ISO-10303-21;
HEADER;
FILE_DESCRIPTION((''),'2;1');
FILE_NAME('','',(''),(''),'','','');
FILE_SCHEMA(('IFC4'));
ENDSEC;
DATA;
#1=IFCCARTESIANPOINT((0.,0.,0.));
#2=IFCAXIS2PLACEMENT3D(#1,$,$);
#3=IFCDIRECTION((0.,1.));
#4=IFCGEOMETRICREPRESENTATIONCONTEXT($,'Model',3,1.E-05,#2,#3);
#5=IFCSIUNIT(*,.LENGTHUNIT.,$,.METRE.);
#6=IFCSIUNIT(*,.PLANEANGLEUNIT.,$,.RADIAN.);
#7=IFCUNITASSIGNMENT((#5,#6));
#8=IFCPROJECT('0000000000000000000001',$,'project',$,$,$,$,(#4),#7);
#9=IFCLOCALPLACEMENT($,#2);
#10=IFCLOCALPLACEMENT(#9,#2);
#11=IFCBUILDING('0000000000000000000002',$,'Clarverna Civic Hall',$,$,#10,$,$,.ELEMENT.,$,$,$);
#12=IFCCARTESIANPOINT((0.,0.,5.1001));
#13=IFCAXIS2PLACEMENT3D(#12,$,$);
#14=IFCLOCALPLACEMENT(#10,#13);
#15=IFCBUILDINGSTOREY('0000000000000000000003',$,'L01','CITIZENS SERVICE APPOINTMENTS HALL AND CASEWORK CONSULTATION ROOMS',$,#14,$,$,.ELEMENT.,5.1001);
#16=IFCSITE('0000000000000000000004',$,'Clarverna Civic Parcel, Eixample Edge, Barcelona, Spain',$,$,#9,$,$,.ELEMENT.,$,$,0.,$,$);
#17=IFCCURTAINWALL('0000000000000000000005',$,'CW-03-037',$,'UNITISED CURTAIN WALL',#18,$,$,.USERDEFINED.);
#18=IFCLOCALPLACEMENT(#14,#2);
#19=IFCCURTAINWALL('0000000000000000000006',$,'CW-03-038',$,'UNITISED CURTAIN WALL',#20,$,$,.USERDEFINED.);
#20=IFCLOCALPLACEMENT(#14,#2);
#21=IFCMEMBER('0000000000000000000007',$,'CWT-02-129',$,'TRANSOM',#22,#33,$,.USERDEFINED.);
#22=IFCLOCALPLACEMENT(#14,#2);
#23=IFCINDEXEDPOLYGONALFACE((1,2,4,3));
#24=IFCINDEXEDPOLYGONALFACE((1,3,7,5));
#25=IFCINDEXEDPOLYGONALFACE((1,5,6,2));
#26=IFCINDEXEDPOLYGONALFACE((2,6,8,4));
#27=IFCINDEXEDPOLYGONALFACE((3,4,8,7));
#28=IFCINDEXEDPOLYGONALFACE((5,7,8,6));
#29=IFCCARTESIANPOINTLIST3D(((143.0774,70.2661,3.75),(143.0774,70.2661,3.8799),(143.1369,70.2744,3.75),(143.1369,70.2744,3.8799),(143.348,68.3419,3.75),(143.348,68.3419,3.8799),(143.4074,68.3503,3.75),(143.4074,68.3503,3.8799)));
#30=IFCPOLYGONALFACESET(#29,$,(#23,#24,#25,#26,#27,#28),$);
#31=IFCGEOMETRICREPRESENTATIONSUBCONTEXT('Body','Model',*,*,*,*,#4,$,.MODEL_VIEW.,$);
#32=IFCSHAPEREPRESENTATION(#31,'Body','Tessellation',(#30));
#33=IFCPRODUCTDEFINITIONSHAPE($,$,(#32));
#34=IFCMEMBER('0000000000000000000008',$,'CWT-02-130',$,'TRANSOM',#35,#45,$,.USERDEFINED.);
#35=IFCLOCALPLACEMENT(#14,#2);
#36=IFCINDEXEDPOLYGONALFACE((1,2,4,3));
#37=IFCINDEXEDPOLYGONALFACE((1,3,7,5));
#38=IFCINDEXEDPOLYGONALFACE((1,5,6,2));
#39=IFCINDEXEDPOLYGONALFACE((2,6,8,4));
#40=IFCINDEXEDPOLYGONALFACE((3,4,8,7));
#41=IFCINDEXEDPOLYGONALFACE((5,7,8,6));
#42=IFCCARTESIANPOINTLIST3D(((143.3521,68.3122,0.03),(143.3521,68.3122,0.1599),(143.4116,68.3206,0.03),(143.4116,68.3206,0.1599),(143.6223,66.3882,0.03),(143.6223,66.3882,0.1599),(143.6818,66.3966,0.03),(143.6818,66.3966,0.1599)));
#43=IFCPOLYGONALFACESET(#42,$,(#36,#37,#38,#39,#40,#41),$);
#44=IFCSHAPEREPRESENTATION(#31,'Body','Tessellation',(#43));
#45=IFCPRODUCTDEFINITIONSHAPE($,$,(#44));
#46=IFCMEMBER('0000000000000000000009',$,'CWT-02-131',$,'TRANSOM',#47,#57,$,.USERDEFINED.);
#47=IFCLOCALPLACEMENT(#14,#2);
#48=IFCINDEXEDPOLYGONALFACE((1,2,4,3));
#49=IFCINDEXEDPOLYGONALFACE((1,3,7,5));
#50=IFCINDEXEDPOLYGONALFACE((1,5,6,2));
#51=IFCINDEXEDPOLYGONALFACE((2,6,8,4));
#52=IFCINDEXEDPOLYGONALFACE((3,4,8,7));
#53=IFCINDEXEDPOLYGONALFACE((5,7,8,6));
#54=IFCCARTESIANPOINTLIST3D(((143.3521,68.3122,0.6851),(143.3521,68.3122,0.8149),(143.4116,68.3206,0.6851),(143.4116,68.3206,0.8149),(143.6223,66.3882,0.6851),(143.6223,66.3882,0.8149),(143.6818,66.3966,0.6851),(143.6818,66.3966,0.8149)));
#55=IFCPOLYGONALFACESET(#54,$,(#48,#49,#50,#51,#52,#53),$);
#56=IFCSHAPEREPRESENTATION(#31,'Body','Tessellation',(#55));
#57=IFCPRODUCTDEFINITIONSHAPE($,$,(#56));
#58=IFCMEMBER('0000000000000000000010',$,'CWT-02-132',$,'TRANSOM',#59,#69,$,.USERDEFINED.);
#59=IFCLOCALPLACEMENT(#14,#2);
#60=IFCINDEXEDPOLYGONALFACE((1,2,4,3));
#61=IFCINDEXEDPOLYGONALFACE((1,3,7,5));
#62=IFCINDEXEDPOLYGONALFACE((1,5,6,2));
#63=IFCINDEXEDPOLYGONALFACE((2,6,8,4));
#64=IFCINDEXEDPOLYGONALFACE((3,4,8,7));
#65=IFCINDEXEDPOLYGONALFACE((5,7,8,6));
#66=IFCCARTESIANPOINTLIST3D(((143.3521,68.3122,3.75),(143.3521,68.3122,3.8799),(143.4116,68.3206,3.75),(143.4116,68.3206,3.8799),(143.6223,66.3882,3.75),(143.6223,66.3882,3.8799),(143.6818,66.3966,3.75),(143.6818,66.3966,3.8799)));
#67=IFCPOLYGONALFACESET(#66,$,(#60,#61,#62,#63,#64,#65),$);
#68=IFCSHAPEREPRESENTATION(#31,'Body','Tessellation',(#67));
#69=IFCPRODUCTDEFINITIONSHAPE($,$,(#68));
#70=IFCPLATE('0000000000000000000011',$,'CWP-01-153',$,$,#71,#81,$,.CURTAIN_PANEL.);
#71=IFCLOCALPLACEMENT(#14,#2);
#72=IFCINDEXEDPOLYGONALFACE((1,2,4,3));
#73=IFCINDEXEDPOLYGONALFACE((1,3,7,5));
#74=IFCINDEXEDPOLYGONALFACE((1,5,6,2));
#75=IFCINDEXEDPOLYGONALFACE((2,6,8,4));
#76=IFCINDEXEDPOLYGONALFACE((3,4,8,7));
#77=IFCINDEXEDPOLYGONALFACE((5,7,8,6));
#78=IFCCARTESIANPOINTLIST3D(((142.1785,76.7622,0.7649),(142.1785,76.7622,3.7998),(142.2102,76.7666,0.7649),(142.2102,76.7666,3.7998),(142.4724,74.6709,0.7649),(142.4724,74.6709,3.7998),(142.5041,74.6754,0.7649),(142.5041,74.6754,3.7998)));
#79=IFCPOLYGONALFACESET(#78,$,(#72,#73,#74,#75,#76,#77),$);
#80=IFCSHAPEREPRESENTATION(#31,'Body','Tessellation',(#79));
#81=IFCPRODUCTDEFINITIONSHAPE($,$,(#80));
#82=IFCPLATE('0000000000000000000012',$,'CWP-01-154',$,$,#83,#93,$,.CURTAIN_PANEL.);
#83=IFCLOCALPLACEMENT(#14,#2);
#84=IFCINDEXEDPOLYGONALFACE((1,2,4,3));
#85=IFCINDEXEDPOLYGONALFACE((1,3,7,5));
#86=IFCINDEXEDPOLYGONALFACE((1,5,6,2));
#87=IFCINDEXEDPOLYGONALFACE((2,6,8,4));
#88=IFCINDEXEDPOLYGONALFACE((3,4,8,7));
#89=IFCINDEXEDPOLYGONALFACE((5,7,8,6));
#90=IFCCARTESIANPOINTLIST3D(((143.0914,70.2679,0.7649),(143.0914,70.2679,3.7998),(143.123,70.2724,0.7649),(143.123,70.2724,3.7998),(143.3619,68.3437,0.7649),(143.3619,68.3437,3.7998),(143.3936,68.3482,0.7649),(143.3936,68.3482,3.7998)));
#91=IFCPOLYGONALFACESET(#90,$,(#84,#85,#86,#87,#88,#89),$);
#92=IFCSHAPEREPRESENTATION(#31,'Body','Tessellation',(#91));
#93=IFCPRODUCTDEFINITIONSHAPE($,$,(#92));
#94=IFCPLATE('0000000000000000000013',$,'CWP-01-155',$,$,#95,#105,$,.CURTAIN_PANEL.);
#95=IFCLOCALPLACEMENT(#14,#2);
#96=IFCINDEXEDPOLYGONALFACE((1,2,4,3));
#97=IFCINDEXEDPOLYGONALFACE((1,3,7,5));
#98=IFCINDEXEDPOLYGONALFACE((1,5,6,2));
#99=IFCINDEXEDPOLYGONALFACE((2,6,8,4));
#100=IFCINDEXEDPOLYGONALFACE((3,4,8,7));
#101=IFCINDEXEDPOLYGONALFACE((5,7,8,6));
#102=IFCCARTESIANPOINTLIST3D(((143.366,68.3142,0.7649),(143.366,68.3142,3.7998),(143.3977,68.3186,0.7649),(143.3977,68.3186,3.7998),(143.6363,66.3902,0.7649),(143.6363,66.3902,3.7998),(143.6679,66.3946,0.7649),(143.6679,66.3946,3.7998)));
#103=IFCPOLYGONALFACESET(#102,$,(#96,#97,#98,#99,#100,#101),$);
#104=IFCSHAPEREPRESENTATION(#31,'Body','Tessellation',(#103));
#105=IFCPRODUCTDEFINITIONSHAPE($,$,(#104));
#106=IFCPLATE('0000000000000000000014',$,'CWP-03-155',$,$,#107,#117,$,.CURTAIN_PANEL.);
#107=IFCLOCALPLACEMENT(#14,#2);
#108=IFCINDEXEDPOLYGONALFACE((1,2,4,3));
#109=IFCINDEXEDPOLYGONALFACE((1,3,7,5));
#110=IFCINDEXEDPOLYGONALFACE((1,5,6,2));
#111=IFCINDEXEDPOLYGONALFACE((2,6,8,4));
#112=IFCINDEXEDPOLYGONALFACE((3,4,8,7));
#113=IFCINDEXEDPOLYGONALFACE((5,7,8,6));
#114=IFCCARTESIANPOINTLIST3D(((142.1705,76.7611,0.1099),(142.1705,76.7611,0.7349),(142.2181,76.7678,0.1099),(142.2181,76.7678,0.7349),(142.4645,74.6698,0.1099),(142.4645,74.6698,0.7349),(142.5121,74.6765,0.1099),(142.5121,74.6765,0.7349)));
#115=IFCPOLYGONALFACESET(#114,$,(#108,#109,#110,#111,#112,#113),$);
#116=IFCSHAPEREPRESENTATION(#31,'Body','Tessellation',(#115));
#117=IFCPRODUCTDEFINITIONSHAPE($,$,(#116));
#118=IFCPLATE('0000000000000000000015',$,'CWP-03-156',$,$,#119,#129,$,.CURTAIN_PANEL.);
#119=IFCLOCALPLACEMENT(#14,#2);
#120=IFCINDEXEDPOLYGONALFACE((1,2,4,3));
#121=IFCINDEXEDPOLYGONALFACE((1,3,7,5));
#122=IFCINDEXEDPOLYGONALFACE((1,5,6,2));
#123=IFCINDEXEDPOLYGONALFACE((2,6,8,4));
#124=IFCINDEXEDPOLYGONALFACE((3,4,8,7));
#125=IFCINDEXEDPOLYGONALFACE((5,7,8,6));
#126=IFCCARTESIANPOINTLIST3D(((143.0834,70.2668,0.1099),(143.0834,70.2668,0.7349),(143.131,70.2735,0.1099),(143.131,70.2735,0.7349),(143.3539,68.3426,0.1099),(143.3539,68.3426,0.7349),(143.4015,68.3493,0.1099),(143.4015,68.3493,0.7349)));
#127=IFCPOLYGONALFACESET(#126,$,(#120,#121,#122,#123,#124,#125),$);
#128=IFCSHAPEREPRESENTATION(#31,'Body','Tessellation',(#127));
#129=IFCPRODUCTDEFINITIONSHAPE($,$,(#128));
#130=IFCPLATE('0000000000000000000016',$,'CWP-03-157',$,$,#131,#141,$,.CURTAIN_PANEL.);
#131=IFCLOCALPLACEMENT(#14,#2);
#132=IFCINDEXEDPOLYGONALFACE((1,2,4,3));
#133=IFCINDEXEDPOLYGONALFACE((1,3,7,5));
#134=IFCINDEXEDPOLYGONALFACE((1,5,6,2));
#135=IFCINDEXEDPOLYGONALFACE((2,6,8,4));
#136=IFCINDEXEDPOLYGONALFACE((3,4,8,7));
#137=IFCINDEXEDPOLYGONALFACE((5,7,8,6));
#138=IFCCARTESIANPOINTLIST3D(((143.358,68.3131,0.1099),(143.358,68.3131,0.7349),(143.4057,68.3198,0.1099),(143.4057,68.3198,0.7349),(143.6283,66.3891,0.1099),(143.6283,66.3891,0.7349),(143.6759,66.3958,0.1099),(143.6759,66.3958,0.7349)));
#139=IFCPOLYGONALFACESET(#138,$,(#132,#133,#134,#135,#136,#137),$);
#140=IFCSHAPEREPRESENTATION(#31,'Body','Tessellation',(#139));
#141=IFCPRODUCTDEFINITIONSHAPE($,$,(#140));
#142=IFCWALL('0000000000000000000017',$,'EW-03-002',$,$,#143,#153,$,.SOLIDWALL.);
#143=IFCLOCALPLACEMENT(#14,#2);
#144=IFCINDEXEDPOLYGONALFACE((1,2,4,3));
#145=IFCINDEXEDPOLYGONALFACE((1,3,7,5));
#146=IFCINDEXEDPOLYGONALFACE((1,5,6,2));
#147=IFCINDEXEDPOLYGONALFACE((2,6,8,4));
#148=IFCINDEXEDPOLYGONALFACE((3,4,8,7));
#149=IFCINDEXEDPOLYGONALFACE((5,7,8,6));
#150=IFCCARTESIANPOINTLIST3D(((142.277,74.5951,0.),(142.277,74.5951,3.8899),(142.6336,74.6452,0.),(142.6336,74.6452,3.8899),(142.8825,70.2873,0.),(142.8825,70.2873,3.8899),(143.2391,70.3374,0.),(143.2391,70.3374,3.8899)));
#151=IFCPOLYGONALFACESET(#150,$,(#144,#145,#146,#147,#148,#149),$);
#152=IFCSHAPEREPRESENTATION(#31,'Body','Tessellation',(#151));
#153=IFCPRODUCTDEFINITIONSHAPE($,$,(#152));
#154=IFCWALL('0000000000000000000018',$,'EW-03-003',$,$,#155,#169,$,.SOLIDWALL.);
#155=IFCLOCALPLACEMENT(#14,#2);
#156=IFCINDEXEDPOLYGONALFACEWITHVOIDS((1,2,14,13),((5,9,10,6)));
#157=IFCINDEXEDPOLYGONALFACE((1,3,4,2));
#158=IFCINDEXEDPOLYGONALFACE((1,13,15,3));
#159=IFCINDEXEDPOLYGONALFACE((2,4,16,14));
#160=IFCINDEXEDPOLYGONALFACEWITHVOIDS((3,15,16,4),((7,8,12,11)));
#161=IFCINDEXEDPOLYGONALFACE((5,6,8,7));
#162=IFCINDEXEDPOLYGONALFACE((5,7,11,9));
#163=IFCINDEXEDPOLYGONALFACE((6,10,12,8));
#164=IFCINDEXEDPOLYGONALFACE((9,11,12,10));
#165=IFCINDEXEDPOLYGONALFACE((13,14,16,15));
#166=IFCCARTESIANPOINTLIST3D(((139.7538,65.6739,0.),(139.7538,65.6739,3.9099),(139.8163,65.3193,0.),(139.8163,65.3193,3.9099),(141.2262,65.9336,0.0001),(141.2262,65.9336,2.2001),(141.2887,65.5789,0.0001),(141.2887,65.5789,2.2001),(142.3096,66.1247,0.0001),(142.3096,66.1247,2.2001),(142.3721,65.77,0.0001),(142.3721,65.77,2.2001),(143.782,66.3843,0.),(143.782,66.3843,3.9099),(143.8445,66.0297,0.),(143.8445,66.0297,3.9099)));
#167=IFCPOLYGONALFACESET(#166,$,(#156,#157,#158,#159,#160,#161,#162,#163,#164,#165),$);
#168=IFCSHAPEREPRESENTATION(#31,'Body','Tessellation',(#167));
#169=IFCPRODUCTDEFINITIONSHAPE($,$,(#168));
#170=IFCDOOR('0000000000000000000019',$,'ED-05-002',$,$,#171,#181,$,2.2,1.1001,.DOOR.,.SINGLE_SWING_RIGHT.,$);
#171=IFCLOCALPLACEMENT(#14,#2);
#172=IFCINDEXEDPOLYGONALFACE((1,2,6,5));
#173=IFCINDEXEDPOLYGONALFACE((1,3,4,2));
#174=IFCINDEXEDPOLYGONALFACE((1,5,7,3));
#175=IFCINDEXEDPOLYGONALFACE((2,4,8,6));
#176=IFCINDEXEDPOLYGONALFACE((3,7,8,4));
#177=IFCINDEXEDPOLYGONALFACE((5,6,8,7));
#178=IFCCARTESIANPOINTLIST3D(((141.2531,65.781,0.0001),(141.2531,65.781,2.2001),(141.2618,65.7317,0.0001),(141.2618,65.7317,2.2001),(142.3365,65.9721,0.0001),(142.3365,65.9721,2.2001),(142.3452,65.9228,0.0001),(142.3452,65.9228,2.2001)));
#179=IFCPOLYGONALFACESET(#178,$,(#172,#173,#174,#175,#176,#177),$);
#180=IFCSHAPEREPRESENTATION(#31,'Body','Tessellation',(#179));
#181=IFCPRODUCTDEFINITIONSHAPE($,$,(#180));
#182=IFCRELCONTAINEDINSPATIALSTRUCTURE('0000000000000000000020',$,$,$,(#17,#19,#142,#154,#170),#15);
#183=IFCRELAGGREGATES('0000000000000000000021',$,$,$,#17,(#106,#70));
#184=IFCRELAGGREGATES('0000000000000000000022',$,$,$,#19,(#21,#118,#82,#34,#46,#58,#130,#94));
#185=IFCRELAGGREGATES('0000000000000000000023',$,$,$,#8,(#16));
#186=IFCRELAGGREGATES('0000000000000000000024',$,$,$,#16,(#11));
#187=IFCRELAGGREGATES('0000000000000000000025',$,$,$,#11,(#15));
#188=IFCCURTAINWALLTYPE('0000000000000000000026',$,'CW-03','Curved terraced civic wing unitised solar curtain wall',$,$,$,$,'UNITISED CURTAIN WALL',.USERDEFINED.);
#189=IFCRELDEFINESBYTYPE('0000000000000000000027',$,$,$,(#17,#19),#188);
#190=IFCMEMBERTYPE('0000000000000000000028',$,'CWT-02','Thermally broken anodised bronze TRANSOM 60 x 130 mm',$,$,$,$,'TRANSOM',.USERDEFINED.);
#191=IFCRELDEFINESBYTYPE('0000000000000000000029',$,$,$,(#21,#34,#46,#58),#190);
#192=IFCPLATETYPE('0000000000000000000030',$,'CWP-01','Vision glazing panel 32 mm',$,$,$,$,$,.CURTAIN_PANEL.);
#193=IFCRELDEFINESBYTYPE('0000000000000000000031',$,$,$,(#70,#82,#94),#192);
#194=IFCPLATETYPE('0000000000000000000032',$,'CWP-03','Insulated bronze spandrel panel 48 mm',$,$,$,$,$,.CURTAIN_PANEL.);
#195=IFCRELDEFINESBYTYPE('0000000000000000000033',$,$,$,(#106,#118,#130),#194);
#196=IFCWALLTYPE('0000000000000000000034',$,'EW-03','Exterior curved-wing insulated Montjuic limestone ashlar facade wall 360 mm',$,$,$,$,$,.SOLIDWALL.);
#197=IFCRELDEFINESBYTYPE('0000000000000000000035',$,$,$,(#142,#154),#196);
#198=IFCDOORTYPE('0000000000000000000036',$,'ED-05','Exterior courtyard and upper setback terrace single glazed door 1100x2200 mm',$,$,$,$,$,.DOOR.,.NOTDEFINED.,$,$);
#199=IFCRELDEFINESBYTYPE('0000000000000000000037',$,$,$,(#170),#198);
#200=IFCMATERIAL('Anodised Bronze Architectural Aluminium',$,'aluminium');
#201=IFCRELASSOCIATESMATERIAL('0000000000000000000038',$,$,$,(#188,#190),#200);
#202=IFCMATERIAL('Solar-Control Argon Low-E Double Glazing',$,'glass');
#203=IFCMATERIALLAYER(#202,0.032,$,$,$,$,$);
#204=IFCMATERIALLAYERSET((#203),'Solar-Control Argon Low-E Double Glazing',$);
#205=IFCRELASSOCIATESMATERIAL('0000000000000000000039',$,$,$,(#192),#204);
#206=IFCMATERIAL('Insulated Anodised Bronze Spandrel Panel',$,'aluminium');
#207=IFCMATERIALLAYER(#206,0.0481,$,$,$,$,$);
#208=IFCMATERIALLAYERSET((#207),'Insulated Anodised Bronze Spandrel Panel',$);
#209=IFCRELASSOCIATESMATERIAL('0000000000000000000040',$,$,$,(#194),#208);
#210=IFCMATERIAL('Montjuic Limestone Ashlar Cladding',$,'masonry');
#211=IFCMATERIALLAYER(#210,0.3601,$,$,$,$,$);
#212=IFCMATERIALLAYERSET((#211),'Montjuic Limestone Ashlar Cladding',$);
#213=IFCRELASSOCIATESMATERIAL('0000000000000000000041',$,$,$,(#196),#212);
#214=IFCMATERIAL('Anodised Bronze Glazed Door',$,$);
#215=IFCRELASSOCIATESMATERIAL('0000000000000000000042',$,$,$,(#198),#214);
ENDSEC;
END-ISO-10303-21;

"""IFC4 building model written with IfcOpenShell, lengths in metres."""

from ifc_helpers import new_model, si_unit, direction, frame, frame_2d, origin, origin_2d, place, context, subcontext, project, spatial, rectangle, extrude, material, layer, layer_set, material_profile, profile_set, type_object, element, fill, aggregate, save


model = new_model("IFC4")

# Units and contexts
model_context = context("Model", 3, precision=1e-05, world=origin(), true_north=direction((0.0, 1.0)))
body_context = subcontext(model_context, "Body", "Model", "MODEL_VIEW")
ifc_project = project(units=[si_unit("LENGTHUNIT", "METRE"), si_unit("PLANEANGLEUNIT", "RADIAN")], contexts=[model_context])

# Site, building, storey
site_placement = place(None, origin())
site = spatial("IfcSite", under=ifc_project, at=site_placement, Name="Clarverna Civic Parcel, Eixample Edge, Barcelona, Spain", CompositionType="ELEMENT", RefElevation=0.0)
building_placement = place(site_placement, origin())
building = spatial("IfcBuilding", under=site, at=building_placement, Name="Clarverna Civic Hall", CompositionType="ELEMENT")
storey_placement = place(building_placement, frame((0.0, 0.0, 5.1001)))
storey = spatial("IfcBuildingStorey", under=building, at=storey_placement, Name="L01", Description="CITIZENS SERVICE APPOINTMENTS HALL AND CASEWORK CONSULTATION ROOMS", CompositionType="ELEMENT", Elevation=5.1001)

# Curtain walls
ifc_material_1 = material(Name="Anodised Bronze Architectural Aluminium", Category="aluminium")
curtain_wall_type = type_object("IfcCurtainWallType", Name="CW-03", Description="Curved terraced civic wing unitised solar curtain wall", ElementType="UNITISED CURTAIN WALL", PredefinedType="USERDEFINED", material=ifc_material_1)
curtain_wall_1_placement = place(storey_placement, origin())
curtain_wall_1 = element("IfcCurtainWall", 1, at=curtain_wall_1_placement, inside=storey, type_object=curtain_wall_type, Name="CW-03-037", ObjectType="UNITISED CURTAIN WALL", PredefinedType="USERDEFINED")
curtain_wall_2_placement = place(storey_placement, origin())
curtain_wall_2 = element("IfcCurtainWall", 2, at=curtain_wall_2_placement, inside=storey, type_object=curtain_wall_type, Name="CW-03-038", ObjectType="UNITISED CURTAIN WALL", PredefinedType="USERDEFINED")

# Members
ifc_material_profile_1 = material_profile(ifc_material_1, rectangle(XDim=0.0601, YDim=0.1299, at=origin_2d()), Name="BRONZE 60x130")
ifc_profile_set_1 = profile_set([ifc_material_profile_1], Name="Anodised Bronze Architectural Aluminium")
member_type_1 = type_object("IfcMemberType", Name="CWT-02", Description="Thermally broken anodised bronze TRANSOM 60 x 130 mm", ElementType="TRANSOM", PredefinedType="USERDEFINED", material=ifc_profile_set_1)
member_1_placement = place(storey_placement, frame((143.1072, 70.2703, 3.8149), z_axis=(0.139222, -0.990261, 0.0), x_axis=(0.990261, 0.139222, 0.0)))
member_1 = element("IfcMember", 3, at=member_1_placement, type_object=member_type_1, Name="CWT-02-129", ObjectType="TRANSOM", PredefinedType="USERDEFINED", context=body_context, shape_type="SweptSolid", body=[
    extrude(rectangle(XDim=0.0601, YDim=0.1299, at=origin_2d()), origin(), (0.0, 0.0, 1.0), 1.9431),
])
member_2_placement = place(storey_placement, frame((143.3818, 68.3164, 0.095), z_axis=(0.139099, -0.990278, 0.0), x_axis=(0.990278, 0.139099, 0.0)))
member_2 = element("IfcMember", 4, at=member_2_placement, type_object=member_type_1, Name="CWT-02-130", ObjectType="TRANSOM", PredefinedType="USERDEFINED", context=body_context, shape_type="SweptSolid", body=[
    extrude(rectangle(XDim=0.0601, YDim=0.1299, at=origin_2d()), origin(), (0.0, 0.0, 1.0), 1.9429),
])
member_3_placement = place(storey_placement, frame((143.3818, 68.3164, 0.75), z_axis=(0.139099, -0.990278, 0.0), x_axis=(0.990278, 0.139099, 0.0)))
member_3 = element("IfcMember", 5, at=member_3_placement, type_object=member_type_1, Name="CWT-02-131", ObjectType="TRANSOM", PredefinedType="USERDEFINED", context=body_context, shape_type="SweptSolid", body=[
    extrude(rectangle(XDim=0.0601, YDim=0.1299, at=origin_2d()), origin(), (0.0, 0.0, 1.0), 1.9429),
])
member_4_placement = place(storey_placement, frame((143.3818, 68.3164, 3.8149), z_axis=(0.139099, -0.990278, 0.0), x_axis=(0.990278, 0.139099, 0.0)))
member_4 = element("IfcMember", 6, at=member_4_placement, type_object=member_type_1, Name="CWT-02-132", ObjectType="TRANSOM", PredefinedType="USERDEFINED", context=body_context, shape_type="SweptSolid", body=[
    extrude(rectangle(XDim=0.0601, YDim=0.1299, at=origin_2d()), origin(), (0.0, 0.0, 1.0), 1.9429),
])

# Plates
ifc_material_2 = material(Name="Solar-Control Argon Low-E Double Glazing", Category="glass")
ifc_layer_1 = layer(ifc_material_2, 0.032)
ifc_layer_set_1 = layer_set([ifc_layer_1], Name="Solar-Control Argon Low-E Double Glazing")
plate_type_1 = type_object("IfcPlateType", Name="CWP-01", Description="Vision glazing panel 32 mm", PredefinedType="CURTAIN_PANEL", material=ifc_layer_set_1)
plate_1_placement = place(storey_placement, frame((142.1943, 76.7644, 0.7649), z_axis=(0.0, 0.0, 1.0), x_axis=(0.139188, -0.990266, 0.0)))
plate_1 = element("IfcPlate", 7, at=plate_1_placement, type_object=plate_type_1, Name="CWP-01-153", PredefinedType="CURTAIN_PANEL", context=body_context, shape_type="SweptSolid", body=[
    extrude(rectangle(XDim=2.1118, YDim=0.032, at=frame_2d((1.0559, 0.0))), origin(), (0.0, 0.0, 1.0), 3.0349),
])
plate_2_placement = place(storey_placement, frame((143.1072, 70.2703, 0.7649), z_axis=(0.0, 0.0, 1.0), x_axis=(0.139222, -0.990261, 0.0)))
plate_2 = element("IfcPlate", 8, at=plate_2_placement, type_object=plate_type_1, Name="CWP-01-154", PredefinedType="CURTAIN_PANEL", context=body_context, shape_type="SweptSolid", body=[
    extrude(rectangle(XDim=1.9431, YDim=0.032, at=frame_2d((0.9717, 0.0))), origin(), (0.0, 0.0, 1.0), 3.0349),
])
plate_3_placement = place(storey_placement, frame((143.3818, 68.3164, 0.7649), z_axis=(0.0, 0.0, 1.0), x_axis=(0.139099, -0.990278, 0.0)))
plate_3 = element("IfcPlate", 9, at=plate_3_placement, type_object=plate_type_1, Name="CWP-01-155", PredefinedType="CURTAIN_PANEL", context=body_context, shape_type="SweptSolid", body=[
    extrude(rectangle(XDim=1.9429, YDim=0.032, at=frame_2d((0.9714, 0.0))), origin(), (0.0, 0.0, 1.0), 3.0349),
])
ifc_material_3 = material(Name="Insulated Anodised Bronze Spandrel Panel", Category="aluminium")
ifc_layer_2 = layer(ifc_material_3, 0.0481)
ifc_layer_set_2 = layer_set([ifc_layer_2], Name="Insulated Anodised Bronze Spandrel Panel")
plate_type_2 = type_object("IfcPlateType", Name="CWP-03", Description="Insulated bronze spandrel panel 48 mm", PredefinedType="CURTAIN_PANEL", material=ifc_layer_set_2)
plate_4_placement = place(storey_placement, frame((142.1943, 76.7644, 0.1099), z_axis=(0.0, 0.0, 1.0), x_axis=(0.139188, -0.990266, 0.0)))
plate_4 = element("IfcPlate", 10, at=plate_4_placement, type_object=plate_type_2, Name="CWP-03-155", PredefinedType="CURTAIN_PANEL", context=body_context, shape_type="SweptSolid", body=[
    extrude(rectangle(XDim=2.1118, YDim=0.0481, at=frame_2d((1.0559, 0.0))), origin(), (0.0, 0.0, 1.0), 0.625),
])
aggregate(curtain_wall_1, [plate_4, plate_1])
plate_5_placement = place(storey_placement, frame((143.1072, 70.2703, 0.1099), z_axis=(0.0, 0.0, 1.0), x_axis=(0.139222, -0.990261, 0.0)))
plate_5 = element("IfcPlate", 11, at=plate_5_placement, type_object=plate_type_2, Name="CWP-03-156", PredefinedType="CURTAIN_PANEL", context=body_context, shape_type="SweptSolid", body=[
    extrude(rectangle(XDim=1.9431, YDim=0.0481, at=frame_2d((0.9717, 0.0))), origin(), (0.0, 0.0, 1.0), 0.625),
])
plate_6_placement = place(storey_placement, frame((143.3818, 68.3164, 0.1099), z_axis=(0.0, 0.0, 1.0), x_axis=(0.139099, -0.990278, 0.0)))
plate_6 = element("IfcPlate", 12, at=plate_6_placement, type_object=plate_type_2, Name="CWP-03-157", PredefinedType="CURTAIN_PANEL", context=body_context, shape_type="SweptSolid", body=[
    extrude(rectangle(XDim=1.9429, YDim=0.0481, at=frame_2d((0.9714, 0.0))), origin(), (0.0, 0.0, 1.0), 0.625),
])
aggregate(curtain_wall_2, [member_1, plate_5, plate_2, member_2, member_3, member_4, plate_6, plate_3])

# Wall
ifc_material_4 = material(Name="Montjuic Limestone Ashlar Cladding", Category="masonry")
ifc_layer_3 = layer(ifc_material_4, 0.3601)
ifc_layer_set_3 = layer_set([ifc_layer_3], Name="Montjuic Limestone Ashlar Cladding")
wall_type = type_object("IfcWallType", Name="EW-03", Description="Exterior curved-wing insulated Montjuic limestone ashlar facade wall 360 mm", PredefinedType="SOLIDWALL", material=ifc_layer_set_3)
wall_1_placement = place(storey_placement, frame((142.4553, 74.6201, 0.0), z_axis=(0.0, 0.0, 1.0), x_axis=(0.139182, -0.990267, 0.0)))
element("IfcWall", 13, at=wall_1_placement, inside=storey, type_object=wall_type, Name="EW-03-002", PredefinedType="SOLIDWALL", context=body_context, shape_type="SweptSolid", body=[
    extrude(rectangle(XDim=4.3501, YDim=0.3601, at=frame_2d((2.175, 0.0))), origin(), (0.0, 0.0, 1.0), 3.8899),
])

# Wall, opening, door
wall_2_placement = place(storey_placement, frame((143.8132, 66.207, 0.0), z_axis=(0.0, 0.0, 1.0), x_axis=(-0.9848, -0.173693, 0.0)))
wall_2 = element("IfcWall", 14, at=wall_2_placement, inside=storey, type_object=wall_type, Name="EW-03-003", PredefinedType="SOLIDWALL", context=body_context, shape_type="SweptSolid", body=[
    extrude(rectangle(XDim=4.0903, YDim=0.3601, at=frame_2d((2.0452, 0.0))), origin(), (0.0, 0.0, 1.0), 3.9099),
])
opening_1_placement = place(wall_2_placement, frame((1.4951, 0.0, 0.0)))
opening_1 = element("IfcOpeningElement", 15, at=opening_1_placement, cuts=wall_2, PredefinedType="OPENING", context=body_context, shape_type="SweptSolid", body=[
    extrude(rectangle(XDim=1.1001, YDim=2.2, at=frame_2d((0.55, 1.1001))), frame((0.0, 0.1899, 0.0), z_axis=(0.0, -1.0, 0.0), x_axis=(1.0, 0.0, 0.0)), (0.0, 0.0, 1.0), 0.3801),
])
ifc_material_5 = material(Name="Anodised Bronze Glazed Door")
door_type = type_object("IfcDoorType", Name="ED-05", Description="Exterior courtyard and upper setback terrace single glazed door 1100x2200 mm", OperationType="NOTDEFINED", PredefinedType="DOOR", material=ifc_material_5)
door_1_placement = place(opening_1_placement, origin())
door_1 = element("IfcDoor", 16, at=door_1_placement, inside=storey, type_object=door_type, Name="ED-05-002", OperationType="SINGLE_SWING_RIGHT", OverallHeight=2.2, OverallWidth=1.1001, PredefinedType="DOOR", context=body_context, shape_type="SweptSolid", body=[
    extrude(rectangle(XDim=1.1001, YDim=2.2, at=frame_2d((0.55, 1.1001))), frame((0.0, 0.0249, 0.0), z_axis=(0.0, -1.0, 0.0), x_axis=(1.0, 0.0, 0.0)), (0.0, 0.0, 1.0), 0.05),
])
fill(opening_1, door_1)

save(model, "model.ifc")
